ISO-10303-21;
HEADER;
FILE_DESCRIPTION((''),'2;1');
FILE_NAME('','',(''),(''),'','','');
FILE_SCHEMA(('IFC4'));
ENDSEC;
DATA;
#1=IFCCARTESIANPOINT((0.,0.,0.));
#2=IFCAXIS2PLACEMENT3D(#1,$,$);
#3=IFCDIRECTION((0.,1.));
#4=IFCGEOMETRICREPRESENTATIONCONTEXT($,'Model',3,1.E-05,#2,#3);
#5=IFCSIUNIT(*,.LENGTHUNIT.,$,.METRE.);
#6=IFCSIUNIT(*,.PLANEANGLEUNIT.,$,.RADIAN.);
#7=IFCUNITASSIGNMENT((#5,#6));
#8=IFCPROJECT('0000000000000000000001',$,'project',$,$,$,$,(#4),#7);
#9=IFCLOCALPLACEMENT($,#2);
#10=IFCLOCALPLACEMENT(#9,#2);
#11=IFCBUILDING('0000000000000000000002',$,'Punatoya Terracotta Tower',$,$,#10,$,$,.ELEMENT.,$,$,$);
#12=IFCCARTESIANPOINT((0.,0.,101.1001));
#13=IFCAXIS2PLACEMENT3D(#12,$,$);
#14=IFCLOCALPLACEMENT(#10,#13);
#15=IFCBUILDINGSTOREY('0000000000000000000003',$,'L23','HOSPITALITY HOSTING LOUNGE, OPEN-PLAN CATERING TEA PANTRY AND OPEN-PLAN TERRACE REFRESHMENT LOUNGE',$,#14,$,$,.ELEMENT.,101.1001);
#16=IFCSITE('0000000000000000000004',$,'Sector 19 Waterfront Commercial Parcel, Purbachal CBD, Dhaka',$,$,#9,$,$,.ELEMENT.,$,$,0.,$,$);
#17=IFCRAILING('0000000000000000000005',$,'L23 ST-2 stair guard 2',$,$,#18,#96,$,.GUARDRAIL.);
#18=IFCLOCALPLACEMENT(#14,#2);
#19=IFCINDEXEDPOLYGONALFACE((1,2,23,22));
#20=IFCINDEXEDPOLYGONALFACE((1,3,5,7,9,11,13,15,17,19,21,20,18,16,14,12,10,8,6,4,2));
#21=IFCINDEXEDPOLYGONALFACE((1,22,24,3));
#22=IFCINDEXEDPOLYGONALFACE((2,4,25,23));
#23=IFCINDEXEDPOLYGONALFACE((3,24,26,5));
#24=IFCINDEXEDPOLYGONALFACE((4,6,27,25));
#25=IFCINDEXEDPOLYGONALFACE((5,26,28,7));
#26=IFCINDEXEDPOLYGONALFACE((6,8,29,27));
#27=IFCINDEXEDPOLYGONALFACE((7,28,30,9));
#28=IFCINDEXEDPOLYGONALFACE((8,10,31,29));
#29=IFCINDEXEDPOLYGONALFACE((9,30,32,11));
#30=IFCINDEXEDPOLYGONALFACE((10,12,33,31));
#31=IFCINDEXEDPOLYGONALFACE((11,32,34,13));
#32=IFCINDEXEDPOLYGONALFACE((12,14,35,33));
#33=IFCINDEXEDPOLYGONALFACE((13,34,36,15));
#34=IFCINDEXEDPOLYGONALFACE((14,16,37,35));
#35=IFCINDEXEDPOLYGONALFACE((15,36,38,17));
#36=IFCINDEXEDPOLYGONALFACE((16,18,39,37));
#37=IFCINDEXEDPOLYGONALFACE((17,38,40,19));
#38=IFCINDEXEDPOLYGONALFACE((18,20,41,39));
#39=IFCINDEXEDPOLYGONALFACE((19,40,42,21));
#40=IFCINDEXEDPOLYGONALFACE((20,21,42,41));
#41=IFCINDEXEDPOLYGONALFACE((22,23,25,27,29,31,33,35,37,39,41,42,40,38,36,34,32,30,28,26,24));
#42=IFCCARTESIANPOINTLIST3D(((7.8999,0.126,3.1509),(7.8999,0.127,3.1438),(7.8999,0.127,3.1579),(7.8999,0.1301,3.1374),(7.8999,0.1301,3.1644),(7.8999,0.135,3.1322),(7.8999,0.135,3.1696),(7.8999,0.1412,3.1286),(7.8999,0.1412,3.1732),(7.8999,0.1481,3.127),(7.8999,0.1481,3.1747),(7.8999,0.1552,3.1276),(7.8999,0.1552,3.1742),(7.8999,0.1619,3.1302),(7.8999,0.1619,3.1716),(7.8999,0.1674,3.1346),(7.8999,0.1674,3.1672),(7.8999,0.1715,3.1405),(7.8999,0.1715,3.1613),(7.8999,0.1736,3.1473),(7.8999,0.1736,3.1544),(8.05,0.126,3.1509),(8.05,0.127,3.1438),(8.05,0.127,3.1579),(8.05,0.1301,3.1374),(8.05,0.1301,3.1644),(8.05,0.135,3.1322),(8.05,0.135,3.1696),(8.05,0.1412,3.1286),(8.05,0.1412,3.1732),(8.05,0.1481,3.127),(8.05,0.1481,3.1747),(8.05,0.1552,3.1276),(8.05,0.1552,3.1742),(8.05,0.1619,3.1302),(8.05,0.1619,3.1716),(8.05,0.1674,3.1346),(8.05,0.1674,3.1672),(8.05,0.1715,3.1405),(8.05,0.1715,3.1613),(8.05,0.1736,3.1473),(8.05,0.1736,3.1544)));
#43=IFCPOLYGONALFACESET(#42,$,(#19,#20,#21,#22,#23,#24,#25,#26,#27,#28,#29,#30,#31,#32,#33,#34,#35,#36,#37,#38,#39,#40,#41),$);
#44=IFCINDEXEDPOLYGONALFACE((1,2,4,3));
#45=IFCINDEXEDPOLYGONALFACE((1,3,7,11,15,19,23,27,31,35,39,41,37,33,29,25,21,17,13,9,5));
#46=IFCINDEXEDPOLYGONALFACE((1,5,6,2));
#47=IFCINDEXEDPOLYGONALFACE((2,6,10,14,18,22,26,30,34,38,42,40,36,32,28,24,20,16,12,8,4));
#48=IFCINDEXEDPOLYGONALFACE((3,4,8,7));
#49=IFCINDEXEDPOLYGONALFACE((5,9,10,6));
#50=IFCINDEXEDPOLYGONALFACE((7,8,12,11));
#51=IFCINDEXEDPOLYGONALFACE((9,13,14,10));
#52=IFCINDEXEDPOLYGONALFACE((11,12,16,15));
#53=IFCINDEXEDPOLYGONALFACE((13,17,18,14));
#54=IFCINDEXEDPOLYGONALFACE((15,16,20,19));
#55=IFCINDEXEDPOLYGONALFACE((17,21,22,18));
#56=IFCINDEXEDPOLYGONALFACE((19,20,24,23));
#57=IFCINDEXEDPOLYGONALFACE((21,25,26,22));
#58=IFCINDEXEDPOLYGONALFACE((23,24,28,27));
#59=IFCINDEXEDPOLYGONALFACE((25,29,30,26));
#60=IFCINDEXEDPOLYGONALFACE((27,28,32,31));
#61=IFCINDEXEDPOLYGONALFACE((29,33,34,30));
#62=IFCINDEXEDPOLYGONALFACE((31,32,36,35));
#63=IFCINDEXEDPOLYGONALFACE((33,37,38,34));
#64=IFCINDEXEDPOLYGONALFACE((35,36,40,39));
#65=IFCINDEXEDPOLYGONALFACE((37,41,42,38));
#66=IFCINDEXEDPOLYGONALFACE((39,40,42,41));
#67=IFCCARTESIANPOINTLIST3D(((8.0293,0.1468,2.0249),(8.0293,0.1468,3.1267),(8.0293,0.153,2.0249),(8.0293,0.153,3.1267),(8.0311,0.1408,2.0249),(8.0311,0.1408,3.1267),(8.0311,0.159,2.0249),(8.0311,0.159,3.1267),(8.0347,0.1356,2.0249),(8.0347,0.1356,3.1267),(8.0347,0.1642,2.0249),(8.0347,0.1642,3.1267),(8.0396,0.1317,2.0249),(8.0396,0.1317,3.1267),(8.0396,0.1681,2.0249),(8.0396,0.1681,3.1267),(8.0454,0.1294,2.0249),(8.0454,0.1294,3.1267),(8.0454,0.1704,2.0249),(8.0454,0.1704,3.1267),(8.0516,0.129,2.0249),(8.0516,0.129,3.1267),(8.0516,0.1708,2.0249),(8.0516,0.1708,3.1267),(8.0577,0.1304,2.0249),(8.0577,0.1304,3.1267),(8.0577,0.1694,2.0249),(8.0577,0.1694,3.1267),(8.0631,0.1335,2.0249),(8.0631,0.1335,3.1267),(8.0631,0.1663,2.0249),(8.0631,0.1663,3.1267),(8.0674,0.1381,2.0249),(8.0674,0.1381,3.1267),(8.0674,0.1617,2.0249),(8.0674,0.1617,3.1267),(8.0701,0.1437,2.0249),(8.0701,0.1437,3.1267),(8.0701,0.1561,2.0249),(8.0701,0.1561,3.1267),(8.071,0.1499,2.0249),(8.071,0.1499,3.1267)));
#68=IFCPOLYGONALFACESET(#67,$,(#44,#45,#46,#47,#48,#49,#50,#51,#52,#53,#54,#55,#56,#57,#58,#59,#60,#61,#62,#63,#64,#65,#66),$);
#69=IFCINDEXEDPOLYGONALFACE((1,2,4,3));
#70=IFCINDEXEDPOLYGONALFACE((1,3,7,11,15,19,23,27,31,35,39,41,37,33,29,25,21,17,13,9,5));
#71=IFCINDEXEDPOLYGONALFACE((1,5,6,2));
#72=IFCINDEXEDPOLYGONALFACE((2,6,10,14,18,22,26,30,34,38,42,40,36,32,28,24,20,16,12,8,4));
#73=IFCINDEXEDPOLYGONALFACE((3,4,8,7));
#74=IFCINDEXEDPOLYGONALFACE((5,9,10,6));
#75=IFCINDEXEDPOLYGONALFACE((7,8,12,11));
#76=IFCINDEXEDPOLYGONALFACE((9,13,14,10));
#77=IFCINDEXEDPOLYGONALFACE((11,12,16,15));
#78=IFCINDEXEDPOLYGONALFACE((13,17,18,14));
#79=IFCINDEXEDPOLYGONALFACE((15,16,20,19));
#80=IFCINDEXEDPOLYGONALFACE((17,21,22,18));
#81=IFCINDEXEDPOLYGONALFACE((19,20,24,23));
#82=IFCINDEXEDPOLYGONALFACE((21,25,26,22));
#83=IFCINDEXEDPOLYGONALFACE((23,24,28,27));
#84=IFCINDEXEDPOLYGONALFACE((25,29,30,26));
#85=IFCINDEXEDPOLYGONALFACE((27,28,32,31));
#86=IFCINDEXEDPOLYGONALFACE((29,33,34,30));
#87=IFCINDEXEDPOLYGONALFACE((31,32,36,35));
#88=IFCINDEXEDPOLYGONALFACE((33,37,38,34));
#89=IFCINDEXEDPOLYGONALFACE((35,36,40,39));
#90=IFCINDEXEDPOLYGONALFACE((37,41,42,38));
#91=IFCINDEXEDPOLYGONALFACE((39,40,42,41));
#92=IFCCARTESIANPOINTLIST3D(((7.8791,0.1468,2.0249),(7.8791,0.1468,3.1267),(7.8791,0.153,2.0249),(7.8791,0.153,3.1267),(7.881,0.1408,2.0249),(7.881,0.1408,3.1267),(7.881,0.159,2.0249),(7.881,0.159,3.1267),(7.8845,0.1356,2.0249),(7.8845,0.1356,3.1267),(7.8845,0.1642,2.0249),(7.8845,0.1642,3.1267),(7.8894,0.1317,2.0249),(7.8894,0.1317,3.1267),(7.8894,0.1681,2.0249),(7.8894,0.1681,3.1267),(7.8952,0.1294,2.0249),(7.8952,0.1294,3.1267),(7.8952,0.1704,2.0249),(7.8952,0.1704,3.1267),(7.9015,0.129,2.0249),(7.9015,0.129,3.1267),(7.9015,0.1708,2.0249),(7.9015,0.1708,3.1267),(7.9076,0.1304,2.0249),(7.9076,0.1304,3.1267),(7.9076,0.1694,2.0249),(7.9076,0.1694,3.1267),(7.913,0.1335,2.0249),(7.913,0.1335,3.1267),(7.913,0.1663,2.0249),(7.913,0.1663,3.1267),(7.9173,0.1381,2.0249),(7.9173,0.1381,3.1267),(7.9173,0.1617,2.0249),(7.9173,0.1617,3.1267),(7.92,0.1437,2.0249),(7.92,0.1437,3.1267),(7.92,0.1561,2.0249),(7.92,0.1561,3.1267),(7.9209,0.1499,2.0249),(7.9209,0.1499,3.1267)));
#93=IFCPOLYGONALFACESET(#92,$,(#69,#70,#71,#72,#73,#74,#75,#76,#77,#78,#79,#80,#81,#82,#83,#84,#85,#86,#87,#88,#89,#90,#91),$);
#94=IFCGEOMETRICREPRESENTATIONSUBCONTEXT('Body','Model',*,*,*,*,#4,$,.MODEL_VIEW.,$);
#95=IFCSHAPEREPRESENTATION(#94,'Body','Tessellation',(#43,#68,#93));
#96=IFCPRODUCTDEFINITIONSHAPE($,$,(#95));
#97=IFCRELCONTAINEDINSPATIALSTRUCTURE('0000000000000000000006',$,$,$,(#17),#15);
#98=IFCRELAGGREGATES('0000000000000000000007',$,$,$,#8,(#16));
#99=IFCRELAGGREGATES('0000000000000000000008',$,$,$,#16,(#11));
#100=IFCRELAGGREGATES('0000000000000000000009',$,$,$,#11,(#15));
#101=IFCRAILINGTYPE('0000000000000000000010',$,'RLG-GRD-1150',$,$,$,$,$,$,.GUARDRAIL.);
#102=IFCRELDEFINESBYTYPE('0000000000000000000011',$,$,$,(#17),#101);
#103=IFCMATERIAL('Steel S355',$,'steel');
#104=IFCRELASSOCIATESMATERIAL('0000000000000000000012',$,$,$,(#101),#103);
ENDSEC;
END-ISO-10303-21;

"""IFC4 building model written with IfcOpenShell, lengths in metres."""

from ifc_helpers import new_model, si_unit, direction, frame, origin, origin_2d, place, context, subcontext, project, spatial, circle, extrude, material, type_object, element, save


model = new_model("IFC4")

# Units and contexts
model_context = context("Model", 3, precision=1e-05, world=origin(), true_north=direction((0.0, 1.0)))
body_context = subcontext(model_context, "Body", "Model", "MODEL_VIEW")
ifc_project = project(units=[si_unit("LENGTHUNIT", "METRE"), si_unit("PLANEANGLEUNIT", "RADIAN")], contexts=[model_context])

# Site, building, storey
site_placement = place(None, origin())
site = spatial("IfcSite", under=ifc_project, at=site_placement, Name="Sector 19 Waterfront Commercial Parcel, Purbachal CBD, Dhaka", CompositionType="ELEMENT", RefElevation=0.0)
building_placement = place(site_placement, origin())
building = spatial("IfcBuilding", under=site, at=building_placement, Name="Punatoya Terracotta Tower", CompositionType="ELEMENT")
storey_placement = place(building_placement, frame((0.0, 0.0, 101.1001)))
storey = spatial("IfcBuildingStorey", under=building, at=storey_placement, Name="L23", Description="HOSPITALITY HOSTING LOUNGE, OPEN-PLAN CATERING TEA PANTRY AND OPEN-PLAN TERRACE REFRESHMENT LOUNGE", CompositionType="ELEMENT", Elevation=101.1001)

# Shared definitions
ifc_material_1 = material(Name="Steel S355", Category="steel")

# Railing
railing_type_1 = type_object("IfcRailingType", Name="RLG-GRD-1150", PredefinedType="GUARDRAIL", material=ifc_material_1)
railing_1_placement = place(storey_placement, frame((8.05, 0.1499, 2.0249)))
element("IfcRailing", 1, at=railing_1_placement, inside=storey, type_object=railing_type_1, Name="L23 ST-2 stair guard 2", PredefinedType="GUARDRAIL", context=body_context, shape_type="SweptSolid", body=[
    extrude(circle(Radius=0.0239, at=origin_2d()), frame((0.0, 0.0, 1.126), z_axis=(-1.0, 0.0, 0.0), x_axis=(0.0, -1.0, 0.0)), (0.0, 0.0, 1.0), 0.1501),
    extrude(circle(Radius=0.021, at=origin_2d()), origin(), (0.0, 0.0, 1.0), 1.1018),
    extrude(circle(Radius=0.021, at=origin_2d()), frame((-0.1501, 0.0, 0.0)), (0.0, 0.0, 1.0), 1.1018),
])

save(model, "model.ifc")
